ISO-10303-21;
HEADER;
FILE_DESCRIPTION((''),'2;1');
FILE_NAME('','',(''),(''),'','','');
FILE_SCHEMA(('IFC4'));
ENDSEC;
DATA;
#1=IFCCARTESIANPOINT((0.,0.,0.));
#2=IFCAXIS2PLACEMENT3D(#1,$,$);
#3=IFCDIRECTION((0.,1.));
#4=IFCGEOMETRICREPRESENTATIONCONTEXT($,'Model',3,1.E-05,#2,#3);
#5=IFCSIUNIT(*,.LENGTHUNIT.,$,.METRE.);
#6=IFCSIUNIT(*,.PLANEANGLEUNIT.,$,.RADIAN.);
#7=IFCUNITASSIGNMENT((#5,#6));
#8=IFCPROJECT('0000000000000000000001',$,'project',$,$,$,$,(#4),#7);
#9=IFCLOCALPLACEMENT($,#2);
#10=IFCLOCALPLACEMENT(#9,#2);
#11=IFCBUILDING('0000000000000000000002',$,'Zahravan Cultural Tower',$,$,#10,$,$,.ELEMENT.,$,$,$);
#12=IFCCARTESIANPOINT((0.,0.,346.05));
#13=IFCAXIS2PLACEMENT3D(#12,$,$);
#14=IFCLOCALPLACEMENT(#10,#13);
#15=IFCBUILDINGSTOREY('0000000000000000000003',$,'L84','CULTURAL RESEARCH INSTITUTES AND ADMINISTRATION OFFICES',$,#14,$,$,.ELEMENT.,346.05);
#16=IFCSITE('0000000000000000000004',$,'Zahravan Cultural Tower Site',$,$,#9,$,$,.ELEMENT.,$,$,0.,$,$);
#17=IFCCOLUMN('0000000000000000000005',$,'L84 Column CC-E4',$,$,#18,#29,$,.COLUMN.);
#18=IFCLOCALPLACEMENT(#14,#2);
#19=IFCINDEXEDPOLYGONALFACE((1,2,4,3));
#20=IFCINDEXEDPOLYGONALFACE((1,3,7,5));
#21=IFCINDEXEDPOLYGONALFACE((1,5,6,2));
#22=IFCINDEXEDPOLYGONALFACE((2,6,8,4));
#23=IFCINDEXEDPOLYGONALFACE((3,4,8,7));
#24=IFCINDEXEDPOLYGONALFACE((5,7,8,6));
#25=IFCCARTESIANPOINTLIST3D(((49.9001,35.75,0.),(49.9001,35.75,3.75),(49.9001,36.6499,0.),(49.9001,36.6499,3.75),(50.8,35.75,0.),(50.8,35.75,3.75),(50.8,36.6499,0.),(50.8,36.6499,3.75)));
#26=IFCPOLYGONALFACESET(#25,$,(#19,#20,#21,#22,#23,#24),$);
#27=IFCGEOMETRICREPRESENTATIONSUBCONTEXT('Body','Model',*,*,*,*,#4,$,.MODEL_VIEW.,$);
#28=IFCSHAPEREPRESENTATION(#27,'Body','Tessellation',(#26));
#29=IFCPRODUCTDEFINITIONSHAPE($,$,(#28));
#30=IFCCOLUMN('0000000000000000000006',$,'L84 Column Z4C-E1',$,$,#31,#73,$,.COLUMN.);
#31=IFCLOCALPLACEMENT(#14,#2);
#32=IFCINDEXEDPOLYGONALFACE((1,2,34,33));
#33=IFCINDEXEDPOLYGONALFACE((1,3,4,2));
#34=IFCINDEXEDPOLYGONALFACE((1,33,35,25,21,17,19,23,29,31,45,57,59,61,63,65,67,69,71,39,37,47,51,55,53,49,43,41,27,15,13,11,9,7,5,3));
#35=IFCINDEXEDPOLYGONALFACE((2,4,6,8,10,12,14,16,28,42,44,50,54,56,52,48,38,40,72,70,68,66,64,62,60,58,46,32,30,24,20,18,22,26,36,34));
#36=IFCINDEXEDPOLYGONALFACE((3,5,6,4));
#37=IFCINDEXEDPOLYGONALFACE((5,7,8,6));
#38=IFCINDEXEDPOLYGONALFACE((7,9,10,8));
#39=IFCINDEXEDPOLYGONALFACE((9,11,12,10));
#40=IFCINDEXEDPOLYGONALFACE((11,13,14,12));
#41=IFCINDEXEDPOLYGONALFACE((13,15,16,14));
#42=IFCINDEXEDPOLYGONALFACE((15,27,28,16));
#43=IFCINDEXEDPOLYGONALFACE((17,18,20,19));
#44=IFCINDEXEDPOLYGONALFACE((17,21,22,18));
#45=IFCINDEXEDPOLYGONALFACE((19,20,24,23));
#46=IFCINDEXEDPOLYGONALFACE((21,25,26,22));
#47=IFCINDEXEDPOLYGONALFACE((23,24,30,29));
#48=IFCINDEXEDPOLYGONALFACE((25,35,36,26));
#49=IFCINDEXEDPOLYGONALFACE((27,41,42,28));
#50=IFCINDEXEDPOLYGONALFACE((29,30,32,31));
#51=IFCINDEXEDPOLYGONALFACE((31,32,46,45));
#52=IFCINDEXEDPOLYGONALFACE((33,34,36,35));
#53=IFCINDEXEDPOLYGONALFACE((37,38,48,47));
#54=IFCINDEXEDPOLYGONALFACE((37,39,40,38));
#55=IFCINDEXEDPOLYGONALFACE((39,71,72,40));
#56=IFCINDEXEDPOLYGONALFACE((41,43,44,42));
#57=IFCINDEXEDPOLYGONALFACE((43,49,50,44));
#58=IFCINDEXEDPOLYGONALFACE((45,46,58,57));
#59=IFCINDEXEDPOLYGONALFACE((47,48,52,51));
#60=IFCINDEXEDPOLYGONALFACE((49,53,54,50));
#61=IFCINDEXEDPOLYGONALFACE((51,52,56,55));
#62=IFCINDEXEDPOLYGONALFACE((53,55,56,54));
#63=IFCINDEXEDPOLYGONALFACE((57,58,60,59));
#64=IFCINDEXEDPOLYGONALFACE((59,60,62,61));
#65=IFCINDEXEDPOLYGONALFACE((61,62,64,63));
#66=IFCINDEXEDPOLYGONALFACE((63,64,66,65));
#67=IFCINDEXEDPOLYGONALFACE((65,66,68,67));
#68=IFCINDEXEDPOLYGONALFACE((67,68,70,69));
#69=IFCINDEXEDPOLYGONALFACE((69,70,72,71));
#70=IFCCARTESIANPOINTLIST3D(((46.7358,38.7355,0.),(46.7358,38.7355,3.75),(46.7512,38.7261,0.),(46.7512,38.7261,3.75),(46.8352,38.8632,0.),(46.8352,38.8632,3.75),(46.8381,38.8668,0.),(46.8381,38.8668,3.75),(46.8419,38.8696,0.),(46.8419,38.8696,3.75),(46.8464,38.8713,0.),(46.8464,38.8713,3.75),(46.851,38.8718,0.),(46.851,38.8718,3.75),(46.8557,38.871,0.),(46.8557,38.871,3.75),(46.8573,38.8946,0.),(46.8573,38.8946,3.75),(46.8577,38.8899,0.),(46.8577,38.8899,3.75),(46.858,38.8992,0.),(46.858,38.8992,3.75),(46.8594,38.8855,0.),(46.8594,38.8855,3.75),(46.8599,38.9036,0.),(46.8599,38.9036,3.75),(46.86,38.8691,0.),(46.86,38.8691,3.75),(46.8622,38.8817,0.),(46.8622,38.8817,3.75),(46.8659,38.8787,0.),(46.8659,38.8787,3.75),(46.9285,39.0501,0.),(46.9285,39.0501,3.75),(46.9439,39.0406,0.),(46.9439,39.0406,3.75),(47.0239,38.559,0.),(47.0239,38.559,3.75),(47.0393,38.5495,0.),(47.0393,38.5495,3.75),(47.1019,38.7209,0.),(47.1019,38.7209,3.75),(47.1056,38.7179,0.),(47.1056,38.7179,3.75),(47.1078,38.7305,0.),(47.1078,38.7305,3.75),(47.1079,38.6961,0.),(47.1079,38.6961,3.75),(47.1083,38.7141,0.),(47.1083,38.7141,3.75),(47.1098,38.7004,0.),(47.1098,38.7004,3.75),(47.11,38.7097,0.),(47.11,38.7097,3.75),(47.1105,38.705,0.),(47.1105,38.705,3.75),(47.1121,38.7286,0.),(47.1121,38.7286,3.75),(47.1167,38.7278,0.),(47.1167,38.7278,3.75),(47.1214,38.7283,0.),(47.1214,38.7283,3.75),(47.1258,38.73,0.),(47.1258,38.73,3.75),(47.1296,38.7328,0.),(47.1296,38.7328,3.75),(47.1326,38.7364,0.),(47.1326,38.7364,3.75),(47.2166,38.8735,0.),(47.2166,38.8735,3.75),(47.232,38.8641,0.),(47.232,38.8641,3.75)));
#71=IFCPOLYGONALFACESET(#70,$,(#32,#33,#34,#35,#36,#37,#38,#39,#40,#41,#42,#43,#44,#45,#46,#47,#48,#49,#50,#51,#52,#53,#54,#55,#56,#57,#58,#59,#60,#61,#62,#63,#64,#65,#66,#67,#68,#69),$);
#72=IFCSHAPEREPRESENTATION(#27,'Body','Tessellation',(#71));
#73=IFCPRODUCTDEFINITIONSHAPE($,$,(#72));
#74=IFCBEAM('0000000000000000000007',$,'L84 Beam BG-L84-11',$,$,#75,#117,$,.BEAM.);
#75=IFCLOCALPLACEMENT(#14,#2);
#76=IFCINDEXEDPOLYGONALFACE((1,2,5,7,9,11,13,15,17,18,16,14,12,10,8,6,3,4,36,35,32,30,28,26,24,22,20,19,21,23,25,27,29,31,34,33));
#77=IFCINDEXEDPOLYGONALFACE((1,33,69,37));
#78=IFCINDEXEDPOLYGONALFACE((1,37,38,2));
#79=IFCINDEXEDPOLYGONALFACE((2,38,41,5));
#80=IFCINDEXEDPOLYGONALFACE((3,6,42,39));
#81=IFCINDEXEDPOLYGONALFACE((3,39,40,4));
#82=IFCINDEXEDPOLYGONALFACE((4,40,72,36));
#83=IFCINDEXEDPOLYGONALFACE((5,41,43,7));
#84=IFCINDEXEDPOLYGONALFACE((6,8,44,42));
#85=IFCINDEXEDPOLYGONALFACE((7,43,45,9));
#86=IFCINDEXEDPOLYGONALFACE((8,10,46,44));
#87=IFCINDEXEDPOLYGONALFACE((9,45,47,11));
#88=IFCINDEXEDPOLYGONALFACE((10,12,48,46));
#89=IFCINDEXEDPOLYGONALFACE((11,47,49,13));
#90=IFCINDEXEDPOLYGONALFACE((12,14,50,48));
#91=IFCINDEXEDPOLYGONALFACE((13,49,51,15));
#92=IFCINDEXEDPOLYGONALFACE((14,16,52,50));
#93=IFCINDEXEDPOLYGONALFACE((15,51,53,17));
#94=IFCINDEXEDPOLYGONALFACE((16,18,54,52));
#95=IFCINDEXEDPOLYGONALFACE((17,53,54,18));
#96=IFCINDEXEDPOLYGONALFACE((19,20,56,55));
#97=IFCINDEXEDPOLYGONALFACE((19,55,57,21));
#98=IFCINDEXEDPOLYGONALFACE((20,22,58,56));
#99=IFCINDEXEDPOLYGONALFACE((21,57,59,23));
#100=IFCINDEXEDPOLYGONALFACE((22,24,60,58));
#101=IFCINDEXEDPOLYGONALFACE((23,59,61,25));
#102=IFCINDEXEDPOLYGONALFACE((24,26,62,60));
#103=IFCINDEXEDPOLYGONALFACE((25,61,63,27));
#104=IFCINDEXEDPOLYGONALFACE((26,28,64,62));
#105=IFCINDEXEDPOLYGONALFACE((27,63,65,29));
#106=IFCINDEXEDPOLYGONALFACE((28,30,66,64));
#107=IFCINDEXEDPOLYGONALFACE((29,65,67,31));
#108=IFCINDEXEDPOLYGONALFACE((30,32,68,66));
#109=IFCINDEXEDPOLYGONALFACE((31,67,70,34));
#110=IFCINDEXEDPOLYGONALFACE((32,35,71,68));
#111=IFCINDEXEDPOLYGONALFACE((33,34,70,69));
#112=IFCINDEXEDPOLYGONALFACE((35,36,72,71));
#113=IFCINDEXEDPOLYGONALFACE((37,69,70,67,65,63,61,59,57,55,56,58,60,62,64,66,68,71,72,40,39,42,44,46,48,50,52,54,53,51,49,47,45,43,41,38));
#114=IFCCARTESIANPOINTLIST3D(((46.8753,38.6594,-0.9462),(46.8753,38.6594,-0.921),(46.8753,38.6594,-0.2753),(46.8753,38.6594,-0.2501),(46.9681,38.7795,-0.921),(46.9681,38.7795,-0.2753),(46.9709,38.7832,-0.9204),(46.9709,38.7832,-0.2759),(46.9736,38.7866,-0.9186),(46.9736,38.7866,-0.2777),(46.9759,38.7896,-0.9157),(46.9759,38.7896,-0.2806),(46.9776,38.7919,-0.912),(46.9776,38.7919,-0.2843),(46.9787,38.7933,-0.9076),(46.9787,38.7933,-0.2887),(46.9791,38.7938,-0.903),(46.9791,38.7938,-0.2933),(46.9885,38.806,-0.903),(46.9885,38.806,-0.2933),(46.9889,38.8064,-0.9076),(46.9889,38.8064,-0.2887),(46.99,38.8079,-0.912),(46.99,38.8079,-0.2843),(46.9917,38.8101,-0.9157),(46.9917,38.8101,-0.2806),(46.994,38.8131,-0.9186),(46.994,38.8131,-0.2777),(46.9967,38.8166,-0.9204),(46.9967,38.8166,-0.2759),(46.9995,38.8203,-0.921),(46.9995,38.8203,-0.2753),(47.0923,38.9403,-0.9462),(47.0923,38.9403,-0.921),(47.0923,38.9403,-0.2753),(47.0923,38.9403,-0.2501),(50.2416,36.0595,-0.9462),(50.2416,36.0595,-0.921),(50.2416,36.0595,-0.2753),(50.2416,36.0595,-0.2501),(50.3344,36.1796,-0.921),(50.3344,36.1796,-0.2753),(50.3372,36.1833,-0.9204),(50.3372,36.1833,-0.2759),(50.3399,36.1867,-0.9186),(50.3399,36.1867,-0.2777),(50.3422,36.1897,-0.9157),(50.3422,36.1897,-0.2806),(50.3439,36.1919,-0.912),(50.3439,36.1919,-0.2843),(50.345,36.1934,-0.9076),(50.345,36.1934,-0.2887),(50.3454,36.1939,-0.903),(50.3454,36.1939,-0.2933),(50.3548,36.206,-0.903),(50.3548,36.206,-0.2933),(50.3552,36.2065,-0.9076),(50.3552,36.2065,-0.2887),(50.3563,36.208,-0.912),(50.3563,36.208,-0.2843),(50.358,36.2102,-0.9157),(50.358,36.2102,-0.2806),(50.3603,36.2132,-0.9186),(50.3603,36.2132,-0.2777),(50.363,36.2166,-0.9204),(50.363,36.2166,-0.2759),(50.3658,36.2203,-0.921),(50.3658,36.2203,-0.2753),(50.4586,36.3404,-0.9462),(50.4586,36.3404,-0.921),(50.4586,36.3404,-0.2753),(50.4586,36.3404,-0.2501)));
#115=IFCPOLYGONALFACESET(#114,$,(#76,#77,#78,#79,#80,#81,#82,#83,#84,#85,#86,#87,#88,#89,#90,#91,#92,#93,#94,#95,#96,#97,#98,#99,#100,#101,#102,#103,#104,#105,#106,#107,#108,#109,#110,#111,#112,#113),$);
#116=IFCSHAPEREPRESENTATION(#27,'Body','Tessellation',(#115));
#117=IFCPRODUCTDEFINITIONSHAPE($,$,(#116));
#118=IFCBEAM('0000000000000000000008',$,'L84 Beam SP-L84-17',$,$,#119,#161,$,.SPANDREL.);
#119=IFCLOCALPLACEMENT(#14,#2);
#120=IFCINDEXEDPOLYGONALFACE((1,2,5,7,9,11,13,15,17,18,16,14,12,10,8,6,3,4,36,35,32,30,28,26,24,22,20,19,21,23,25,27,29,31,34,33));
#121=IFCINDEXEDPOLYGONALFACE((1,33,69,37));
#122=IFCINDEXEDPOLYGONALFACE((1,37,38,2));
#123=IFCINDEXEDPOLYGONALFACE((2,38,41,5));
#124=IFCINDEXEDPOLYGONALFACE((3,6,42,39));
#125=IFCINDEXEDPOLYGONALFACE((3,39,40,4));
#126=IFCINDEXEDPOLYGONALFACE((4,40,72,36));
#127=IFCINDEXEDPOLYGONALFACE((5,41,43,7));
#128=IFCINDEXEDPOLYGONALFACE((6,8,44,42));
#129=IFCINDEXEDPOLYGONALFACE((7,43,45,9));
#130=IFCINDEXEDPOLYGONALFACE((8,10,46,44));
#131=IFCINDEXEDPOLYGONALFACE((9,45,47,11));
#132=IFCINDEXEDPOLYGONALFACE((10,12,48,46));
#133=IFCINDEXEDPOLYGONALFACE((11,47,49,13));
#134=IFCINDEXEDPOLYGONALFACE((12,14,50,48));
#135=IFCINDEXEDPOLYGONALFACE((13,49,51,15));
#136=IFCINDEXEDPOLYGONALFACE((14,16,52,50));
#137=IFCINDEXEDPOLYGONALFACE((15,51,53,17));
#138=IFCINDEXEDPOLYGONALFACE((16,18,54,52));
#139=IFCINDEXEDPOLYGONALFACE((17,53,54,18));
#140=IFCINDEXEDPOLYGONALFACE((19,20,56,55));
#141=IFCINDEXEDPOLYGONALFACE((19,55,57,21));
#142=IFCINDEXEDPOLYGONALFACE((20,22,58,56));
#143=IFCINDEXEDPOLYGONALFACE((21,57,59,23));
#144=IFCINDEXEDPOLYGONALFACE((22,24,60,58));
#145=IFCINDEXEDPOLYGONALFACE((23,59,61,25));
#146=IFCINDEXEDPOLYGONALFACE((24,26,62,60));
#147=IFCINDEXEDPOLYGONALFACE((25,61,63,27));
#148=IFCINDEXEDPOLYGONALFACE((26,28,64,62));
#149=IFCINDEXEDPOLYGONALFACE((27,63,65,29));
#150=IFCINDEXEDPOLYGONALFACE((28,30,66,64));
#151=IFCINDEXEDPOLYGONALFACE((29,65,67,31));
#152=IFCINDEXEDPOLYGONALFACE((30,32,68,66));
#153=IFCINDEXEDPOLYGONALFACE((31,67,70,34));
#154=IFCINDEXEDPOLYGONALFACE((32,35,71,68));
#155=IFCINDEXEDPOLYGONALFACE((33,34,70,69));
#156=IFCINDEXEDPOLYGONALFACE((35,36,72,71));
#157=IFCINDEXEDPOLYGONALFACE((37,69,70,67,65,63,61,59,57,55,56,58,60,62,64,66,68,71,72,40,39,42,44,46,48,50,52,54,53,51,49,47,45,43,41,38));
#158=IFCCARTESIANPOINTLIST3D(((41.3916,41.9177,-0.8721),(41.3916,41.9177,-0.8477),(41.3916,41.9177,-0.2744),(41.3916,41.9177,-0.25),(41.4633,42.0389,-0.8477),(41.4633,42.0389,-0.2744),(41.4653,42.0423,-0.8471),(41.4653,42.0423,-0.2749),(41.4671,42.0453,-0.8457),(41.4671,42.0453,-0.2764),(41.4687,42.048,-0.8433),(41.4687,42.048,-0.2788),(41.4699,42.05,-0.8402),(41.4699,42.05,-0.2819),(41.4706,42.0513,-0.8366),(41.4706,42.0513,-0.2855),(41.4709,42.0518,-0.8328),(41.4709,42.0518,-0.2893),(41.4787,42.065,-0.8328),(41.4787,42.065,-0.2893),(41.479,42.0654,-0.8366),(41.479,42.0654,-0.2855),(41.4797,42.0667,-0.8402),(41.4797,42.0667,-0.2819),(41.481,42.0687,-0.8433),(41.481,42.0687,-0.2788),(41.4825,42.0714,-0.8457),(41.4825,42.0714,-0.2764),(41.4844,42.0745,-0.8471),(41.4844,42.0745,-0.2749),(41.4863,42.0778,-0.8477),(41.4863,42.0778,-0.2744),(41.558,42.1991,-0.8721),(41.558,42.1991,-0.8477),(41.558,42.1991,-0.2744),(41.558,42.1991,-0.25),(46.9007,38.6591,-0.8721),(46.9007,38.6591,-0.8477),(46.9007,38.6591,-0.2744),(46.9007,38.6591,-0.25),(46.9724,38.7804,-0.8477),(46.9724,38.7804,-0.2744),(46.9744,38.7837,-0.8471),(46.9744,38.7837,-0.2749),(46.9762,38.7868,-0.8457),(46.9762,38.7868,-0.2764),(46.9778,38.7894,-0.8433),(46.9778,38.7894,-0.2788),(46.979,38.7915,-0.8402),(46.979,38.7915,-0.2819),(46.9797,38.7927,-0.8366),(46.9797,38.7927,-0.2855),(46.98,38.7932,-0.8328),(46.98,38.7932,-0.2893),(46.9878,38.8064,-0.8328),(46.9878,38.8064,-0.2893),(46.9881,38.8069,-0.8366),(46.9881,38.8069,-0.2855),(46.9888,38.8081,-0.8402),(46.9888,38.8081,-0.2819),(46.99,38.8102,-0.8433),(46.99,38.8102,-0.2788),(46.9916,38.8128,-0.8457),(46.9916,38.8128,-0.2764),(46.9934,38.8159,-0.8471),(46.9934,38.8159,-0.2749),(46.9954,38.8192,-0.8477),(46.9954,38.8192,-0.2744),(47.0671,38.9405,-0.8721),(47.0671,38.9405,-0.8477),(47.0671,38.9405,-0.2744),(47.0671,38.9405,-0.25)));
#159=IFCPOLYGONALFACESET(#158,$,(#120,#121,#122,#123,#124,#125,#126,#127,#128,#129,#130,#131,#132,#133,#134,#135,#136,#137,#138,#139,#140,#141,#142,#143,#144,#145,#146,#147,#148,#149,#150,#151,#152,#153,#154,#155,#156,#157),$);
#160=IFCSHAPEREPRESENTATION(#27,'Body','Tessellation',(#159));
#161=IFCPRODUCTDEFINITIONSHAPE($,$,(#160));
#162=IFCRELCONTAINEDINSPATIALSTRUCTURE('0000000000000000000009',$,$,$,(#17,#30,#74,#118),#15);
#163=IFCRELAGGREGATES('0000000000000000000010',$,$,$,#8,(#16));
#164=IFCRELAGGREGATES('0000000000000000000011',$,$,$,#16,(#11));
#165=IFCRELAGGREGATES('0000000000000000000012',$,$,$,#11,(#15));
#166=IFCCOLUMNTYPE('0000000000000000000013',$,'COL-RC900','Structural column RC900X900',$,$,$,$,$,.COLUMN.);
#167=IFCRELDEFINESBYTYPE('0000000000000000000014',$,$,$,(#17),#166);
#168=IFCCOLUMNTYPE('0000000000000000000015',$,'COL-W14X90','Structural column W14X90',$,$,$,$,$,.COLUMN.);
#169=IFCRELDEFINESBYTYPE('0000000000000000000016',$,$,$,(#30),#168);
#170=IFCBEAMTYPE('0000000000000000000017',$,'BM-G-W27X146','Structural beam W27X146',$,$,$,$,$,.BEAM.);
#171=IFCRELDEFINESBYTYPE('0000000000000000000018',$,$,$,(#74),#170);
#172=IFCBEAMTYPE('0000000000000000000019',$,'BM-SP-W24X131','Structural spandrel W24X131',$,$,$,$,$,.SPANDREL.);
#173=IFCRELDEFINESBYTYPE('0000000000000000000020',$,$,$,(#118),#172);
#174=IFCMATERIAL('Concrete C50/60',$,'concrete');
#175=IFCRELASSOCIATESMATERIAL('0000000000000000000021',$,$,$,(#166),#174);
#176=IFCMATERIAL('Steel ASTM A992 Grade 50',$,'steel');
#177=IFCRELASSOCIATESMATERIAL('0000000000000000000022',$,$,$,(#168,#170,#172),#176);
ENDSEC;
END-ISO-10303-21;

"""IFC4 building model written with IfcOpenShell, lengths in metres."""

from ifc_helpers import new_model, si_unit, direction, frame, origin, origin_2d, place, context, subcontext, project, spatial, rectangle, i_section, extrude, source, transform, mapped, material, material_profile, profile_set, type_object, element, save


model = new_model("IFC4")

# Units and contexts
model_context = context("Model", 3, precision=1e-05, world=origin(), true_north=direction((0.0, 1.0)))
body_context = subcontext(model_context, "Body", "Model", "MODEL_VIEW")
ifc_project = project(units=[si_unit("LENGTHUNIT", "METRE"), si_unit("PLANEANGLEUNIT", "RADIAN")], contexts=[model_context])

# Site, building, storey
site_placement = place(None, origin())
site = spatial("IfcSite", under=ifc_project, at=site_placement, Name="Zahravan Cultural Tower Site", CompositionType="ELEMENT", RefElevation=0.0)
building_placement = place(site_placement, origin())
building = spatial("IfcBuilding", under=site, at=building_placement, Name="Zahravan Cultural Tower", CompositionType="ELEMENT")
storey_placement = place(building_placement, frame((0.0, 0.0, 346.05)))
storey = spatial("IfcBuildingStorey", under=building, at=storey_placement, Name="L84", Description="CULTURAL RESEARCH INSTITUTES AND ADMINISTRATION OFFICES", CompositionType="ELEMENT", Elevation=346.05)

# Columns
ifc_material_1 = material(Name="Concrete C50/60", Category="concrete")
ifc_material_profile_1 = material_profile(ifc_material_1, rectangle(XDim=0.8999, YDim=0.8999, at=origin_2d()), Name="RC900X900")
ifc_profile_set_1 = profile_set([ifc_material_profile_1], Name="Concrete C50/60")
column_type_1 = type_object("IfcColumnType", Name="COL-RC900", Description="Structural column RC900X900", PredefinedType="COLUMN", material=ifc_profile_set_1)
shared_shape_1 = source(origin(), body_context, "Body", "SweptSolid", [
    extrude(rectangle(XDim=0.8999, YDim=0.8999, at=origin_2d()), origin(), (0.0, 0.0, 1.0), 3.75),
])
column_1_placement = place(storey_placement, frame((50.3501, 36.2, 0.0), z_axis=(0.0, 0.0, 1.0), x_axis=(1.0, 0.0, 0.0)))
element("IfcColumn", 1, at=column_1_placement, inside=storey, type_object=column_type_1, Name="L84 Column CC-E4", PredefinedType="COLUMN", context=body_context, shape_type="MappedRepresentation", body=[
    mapped(shared_shape_1, transform((0.0, 0.0, 0.0), x_axis=(1.0, 0.0, 0.0), y_axis=(0.0, 1.0, 0.0), z_axis=(0.0, 0.0, 1.0), scale=1.0)),
])
ifc_material_2 = material(Name="Steel ASTM A992 Grade 50", Category="steel")
ifc_material_profile_2 = material_profile(ifc_material_2, i_section(OverallWidth=0.3689, OverallDepth=0.356, WebThickness=0.0112, FlangeThickness=0.0181, FilletRadius=0.0181, at=origin_2d()), Name="W14X90")
ifc_profile_set_2 = profile_set([ifc_material_profile_2], Name="Steel ASTM A992 Grade 50")
column_type_2 = type_object("IfcColumnType", Name="COL-W14X90", Description="Structural column W14X90", PredefinedType="COLUMN", material=ifc_profile_set_2)
shared_shape_2 = source(origin(), body_context, "Body", "SweptSolid", [
    extrude(i_section(OverallWidth=0.3689, OverallDepth=0.356, WebThickness=0.0112, FlangeThickness=0.0181, FilletRadius=0.0181, at=origin_2d()), origin(), (0.0, 0.0, 1.0), 3.75),
])
column_2_placement = place(storey_placement, frame((46.9839, 38.7998, 0.0), z_axis=(0.0, 0.0, 1.0), x_axis=(0.522499, 0.85264, 0.0)))
element("IfcColumn", 2, at=column_2_placement, inside=storey, type_object=column_type_2, Name="L84 Column Z4C-E1", PredefinedType="COLUMN", context=body_context, shape_type="MappedRepresentation", body=[
    mapped(shared_shape_2, transform((0.0, 0.0, 0.0), x_axis=(1.0, 0.0, 0.0), y_axis=(0.0, 1.0, 0.0), z_axis=(0.0, 0.0, 1.0), scale=1.0)),
])

# Beams
ifc_material_profile_3 = material_profile(ifc_material_2, i_section(OverallWidth=0.355, OverallDepth=0.696, WebThickness=0.0154, FlangeThickness=0.0251, FilletRadius=0.0181, at=origin_2d()), Name="W27X146")
ifc_profile_set_3 = profile_set([ifc_material_profile_3], Name="Steel ASTM A992 Grade 50")
beam_type_1 = type_object("IfcBeamType", Name="BM-G-W27X146", Description="Structural beam W27X146", PredefinedType="BEAM", material=ifc_profile_set_3)
shared_shape_3 = source(origin(), body_context, "Body", "SweptSolid", [
    extrude(i_section(OverallWidth=0.355, OverallDepth=0.696, WebThickness=0.0154, FlangeThickness=0.0251, FilletRadius=0.0181, at=origin_2d()), origin(), (0.0, 0.0, 1.0), 4.2534),
])
beam_1_placement = place(storey_placement, frame((50.3501, 36.2, -0.5981), z_axis=(-0.791434, 0.611255, 0.0), x_axis=(-0.611255, -0.791434, 0.0)))
element("IfcBeam", 3, at=beam_1_placement, inside=storey, type_object=beam_type_1, Name="L84 Beam BG-L84-11", PredefinedType="BEAM", context=body_context, shape_type="MappedRepresentation", body=[
    mapped(shared_shape_3, transform((0.0, 0.0, 0.0), x_axis=(1.0, 0.0, 0.0), y_axis=(0.0, 1.0, 0.0), z_axis=(0.0, 0.0, 1.0), scale=1.0)),
])
ifc_material_profile_4 = material_profile(ifc_material_2, i_section(OverallWidth=0.3269, OverallDepth=0.6221, WebThickness=0.0154, FlangeThickness=0.0244, FilletRadius=0.0149, at=origin_2d()), Name="W24X131")
ifc_profile_set_4 = profile_set([ifc_material_profile_4], Name="Steel ASTM A992 Grade 50")
beam_type_2 = type_object("IfcBeamType", Name="BM-SP-W24X131", Description="Structural spandrel W24X131", PredefinedType="SPANDREL", material=ifc_profile_set_4)
shared_shape_4 = source(origin(), body_context, "Body", "SweptSolid", [
    extrude(i_section(OverallWidth=0.3269, OverallDepth=0.6221, WebThickness=0.0154, FlangeThickness=0.0244, FilletRadius=0.0149, at=origin_2d()), origin(), (0.0, 0.0, 1.0), 6.4006),
])
beam_2_placement = place(storey_placement, frame((46.9839, 38.7998, -0.561), z_axis=(-0.860707, 0.509101, 0.0), x_axis=(-0.509101, -0.860707, 0.0)))
element("IfcBeam", 4, at=beam_2_placement, inside=storey, type_object=beam_type_2, Name="L84 Beam SP-L84-17", PredefinedType="SPANDREL", context=body_context, shape_type="MappedRepresentation", body=[
    mapped(shared_shape_4, transform((0.0, 0.0, 0.0), x_axis=(1.0, 0.0, 0.0), y_axis=(0.0, 1.0, 0.0), z_axis=(0.0, 0.0, 1.0), scale=1.0)),
])

save(model, "model.ifc")
